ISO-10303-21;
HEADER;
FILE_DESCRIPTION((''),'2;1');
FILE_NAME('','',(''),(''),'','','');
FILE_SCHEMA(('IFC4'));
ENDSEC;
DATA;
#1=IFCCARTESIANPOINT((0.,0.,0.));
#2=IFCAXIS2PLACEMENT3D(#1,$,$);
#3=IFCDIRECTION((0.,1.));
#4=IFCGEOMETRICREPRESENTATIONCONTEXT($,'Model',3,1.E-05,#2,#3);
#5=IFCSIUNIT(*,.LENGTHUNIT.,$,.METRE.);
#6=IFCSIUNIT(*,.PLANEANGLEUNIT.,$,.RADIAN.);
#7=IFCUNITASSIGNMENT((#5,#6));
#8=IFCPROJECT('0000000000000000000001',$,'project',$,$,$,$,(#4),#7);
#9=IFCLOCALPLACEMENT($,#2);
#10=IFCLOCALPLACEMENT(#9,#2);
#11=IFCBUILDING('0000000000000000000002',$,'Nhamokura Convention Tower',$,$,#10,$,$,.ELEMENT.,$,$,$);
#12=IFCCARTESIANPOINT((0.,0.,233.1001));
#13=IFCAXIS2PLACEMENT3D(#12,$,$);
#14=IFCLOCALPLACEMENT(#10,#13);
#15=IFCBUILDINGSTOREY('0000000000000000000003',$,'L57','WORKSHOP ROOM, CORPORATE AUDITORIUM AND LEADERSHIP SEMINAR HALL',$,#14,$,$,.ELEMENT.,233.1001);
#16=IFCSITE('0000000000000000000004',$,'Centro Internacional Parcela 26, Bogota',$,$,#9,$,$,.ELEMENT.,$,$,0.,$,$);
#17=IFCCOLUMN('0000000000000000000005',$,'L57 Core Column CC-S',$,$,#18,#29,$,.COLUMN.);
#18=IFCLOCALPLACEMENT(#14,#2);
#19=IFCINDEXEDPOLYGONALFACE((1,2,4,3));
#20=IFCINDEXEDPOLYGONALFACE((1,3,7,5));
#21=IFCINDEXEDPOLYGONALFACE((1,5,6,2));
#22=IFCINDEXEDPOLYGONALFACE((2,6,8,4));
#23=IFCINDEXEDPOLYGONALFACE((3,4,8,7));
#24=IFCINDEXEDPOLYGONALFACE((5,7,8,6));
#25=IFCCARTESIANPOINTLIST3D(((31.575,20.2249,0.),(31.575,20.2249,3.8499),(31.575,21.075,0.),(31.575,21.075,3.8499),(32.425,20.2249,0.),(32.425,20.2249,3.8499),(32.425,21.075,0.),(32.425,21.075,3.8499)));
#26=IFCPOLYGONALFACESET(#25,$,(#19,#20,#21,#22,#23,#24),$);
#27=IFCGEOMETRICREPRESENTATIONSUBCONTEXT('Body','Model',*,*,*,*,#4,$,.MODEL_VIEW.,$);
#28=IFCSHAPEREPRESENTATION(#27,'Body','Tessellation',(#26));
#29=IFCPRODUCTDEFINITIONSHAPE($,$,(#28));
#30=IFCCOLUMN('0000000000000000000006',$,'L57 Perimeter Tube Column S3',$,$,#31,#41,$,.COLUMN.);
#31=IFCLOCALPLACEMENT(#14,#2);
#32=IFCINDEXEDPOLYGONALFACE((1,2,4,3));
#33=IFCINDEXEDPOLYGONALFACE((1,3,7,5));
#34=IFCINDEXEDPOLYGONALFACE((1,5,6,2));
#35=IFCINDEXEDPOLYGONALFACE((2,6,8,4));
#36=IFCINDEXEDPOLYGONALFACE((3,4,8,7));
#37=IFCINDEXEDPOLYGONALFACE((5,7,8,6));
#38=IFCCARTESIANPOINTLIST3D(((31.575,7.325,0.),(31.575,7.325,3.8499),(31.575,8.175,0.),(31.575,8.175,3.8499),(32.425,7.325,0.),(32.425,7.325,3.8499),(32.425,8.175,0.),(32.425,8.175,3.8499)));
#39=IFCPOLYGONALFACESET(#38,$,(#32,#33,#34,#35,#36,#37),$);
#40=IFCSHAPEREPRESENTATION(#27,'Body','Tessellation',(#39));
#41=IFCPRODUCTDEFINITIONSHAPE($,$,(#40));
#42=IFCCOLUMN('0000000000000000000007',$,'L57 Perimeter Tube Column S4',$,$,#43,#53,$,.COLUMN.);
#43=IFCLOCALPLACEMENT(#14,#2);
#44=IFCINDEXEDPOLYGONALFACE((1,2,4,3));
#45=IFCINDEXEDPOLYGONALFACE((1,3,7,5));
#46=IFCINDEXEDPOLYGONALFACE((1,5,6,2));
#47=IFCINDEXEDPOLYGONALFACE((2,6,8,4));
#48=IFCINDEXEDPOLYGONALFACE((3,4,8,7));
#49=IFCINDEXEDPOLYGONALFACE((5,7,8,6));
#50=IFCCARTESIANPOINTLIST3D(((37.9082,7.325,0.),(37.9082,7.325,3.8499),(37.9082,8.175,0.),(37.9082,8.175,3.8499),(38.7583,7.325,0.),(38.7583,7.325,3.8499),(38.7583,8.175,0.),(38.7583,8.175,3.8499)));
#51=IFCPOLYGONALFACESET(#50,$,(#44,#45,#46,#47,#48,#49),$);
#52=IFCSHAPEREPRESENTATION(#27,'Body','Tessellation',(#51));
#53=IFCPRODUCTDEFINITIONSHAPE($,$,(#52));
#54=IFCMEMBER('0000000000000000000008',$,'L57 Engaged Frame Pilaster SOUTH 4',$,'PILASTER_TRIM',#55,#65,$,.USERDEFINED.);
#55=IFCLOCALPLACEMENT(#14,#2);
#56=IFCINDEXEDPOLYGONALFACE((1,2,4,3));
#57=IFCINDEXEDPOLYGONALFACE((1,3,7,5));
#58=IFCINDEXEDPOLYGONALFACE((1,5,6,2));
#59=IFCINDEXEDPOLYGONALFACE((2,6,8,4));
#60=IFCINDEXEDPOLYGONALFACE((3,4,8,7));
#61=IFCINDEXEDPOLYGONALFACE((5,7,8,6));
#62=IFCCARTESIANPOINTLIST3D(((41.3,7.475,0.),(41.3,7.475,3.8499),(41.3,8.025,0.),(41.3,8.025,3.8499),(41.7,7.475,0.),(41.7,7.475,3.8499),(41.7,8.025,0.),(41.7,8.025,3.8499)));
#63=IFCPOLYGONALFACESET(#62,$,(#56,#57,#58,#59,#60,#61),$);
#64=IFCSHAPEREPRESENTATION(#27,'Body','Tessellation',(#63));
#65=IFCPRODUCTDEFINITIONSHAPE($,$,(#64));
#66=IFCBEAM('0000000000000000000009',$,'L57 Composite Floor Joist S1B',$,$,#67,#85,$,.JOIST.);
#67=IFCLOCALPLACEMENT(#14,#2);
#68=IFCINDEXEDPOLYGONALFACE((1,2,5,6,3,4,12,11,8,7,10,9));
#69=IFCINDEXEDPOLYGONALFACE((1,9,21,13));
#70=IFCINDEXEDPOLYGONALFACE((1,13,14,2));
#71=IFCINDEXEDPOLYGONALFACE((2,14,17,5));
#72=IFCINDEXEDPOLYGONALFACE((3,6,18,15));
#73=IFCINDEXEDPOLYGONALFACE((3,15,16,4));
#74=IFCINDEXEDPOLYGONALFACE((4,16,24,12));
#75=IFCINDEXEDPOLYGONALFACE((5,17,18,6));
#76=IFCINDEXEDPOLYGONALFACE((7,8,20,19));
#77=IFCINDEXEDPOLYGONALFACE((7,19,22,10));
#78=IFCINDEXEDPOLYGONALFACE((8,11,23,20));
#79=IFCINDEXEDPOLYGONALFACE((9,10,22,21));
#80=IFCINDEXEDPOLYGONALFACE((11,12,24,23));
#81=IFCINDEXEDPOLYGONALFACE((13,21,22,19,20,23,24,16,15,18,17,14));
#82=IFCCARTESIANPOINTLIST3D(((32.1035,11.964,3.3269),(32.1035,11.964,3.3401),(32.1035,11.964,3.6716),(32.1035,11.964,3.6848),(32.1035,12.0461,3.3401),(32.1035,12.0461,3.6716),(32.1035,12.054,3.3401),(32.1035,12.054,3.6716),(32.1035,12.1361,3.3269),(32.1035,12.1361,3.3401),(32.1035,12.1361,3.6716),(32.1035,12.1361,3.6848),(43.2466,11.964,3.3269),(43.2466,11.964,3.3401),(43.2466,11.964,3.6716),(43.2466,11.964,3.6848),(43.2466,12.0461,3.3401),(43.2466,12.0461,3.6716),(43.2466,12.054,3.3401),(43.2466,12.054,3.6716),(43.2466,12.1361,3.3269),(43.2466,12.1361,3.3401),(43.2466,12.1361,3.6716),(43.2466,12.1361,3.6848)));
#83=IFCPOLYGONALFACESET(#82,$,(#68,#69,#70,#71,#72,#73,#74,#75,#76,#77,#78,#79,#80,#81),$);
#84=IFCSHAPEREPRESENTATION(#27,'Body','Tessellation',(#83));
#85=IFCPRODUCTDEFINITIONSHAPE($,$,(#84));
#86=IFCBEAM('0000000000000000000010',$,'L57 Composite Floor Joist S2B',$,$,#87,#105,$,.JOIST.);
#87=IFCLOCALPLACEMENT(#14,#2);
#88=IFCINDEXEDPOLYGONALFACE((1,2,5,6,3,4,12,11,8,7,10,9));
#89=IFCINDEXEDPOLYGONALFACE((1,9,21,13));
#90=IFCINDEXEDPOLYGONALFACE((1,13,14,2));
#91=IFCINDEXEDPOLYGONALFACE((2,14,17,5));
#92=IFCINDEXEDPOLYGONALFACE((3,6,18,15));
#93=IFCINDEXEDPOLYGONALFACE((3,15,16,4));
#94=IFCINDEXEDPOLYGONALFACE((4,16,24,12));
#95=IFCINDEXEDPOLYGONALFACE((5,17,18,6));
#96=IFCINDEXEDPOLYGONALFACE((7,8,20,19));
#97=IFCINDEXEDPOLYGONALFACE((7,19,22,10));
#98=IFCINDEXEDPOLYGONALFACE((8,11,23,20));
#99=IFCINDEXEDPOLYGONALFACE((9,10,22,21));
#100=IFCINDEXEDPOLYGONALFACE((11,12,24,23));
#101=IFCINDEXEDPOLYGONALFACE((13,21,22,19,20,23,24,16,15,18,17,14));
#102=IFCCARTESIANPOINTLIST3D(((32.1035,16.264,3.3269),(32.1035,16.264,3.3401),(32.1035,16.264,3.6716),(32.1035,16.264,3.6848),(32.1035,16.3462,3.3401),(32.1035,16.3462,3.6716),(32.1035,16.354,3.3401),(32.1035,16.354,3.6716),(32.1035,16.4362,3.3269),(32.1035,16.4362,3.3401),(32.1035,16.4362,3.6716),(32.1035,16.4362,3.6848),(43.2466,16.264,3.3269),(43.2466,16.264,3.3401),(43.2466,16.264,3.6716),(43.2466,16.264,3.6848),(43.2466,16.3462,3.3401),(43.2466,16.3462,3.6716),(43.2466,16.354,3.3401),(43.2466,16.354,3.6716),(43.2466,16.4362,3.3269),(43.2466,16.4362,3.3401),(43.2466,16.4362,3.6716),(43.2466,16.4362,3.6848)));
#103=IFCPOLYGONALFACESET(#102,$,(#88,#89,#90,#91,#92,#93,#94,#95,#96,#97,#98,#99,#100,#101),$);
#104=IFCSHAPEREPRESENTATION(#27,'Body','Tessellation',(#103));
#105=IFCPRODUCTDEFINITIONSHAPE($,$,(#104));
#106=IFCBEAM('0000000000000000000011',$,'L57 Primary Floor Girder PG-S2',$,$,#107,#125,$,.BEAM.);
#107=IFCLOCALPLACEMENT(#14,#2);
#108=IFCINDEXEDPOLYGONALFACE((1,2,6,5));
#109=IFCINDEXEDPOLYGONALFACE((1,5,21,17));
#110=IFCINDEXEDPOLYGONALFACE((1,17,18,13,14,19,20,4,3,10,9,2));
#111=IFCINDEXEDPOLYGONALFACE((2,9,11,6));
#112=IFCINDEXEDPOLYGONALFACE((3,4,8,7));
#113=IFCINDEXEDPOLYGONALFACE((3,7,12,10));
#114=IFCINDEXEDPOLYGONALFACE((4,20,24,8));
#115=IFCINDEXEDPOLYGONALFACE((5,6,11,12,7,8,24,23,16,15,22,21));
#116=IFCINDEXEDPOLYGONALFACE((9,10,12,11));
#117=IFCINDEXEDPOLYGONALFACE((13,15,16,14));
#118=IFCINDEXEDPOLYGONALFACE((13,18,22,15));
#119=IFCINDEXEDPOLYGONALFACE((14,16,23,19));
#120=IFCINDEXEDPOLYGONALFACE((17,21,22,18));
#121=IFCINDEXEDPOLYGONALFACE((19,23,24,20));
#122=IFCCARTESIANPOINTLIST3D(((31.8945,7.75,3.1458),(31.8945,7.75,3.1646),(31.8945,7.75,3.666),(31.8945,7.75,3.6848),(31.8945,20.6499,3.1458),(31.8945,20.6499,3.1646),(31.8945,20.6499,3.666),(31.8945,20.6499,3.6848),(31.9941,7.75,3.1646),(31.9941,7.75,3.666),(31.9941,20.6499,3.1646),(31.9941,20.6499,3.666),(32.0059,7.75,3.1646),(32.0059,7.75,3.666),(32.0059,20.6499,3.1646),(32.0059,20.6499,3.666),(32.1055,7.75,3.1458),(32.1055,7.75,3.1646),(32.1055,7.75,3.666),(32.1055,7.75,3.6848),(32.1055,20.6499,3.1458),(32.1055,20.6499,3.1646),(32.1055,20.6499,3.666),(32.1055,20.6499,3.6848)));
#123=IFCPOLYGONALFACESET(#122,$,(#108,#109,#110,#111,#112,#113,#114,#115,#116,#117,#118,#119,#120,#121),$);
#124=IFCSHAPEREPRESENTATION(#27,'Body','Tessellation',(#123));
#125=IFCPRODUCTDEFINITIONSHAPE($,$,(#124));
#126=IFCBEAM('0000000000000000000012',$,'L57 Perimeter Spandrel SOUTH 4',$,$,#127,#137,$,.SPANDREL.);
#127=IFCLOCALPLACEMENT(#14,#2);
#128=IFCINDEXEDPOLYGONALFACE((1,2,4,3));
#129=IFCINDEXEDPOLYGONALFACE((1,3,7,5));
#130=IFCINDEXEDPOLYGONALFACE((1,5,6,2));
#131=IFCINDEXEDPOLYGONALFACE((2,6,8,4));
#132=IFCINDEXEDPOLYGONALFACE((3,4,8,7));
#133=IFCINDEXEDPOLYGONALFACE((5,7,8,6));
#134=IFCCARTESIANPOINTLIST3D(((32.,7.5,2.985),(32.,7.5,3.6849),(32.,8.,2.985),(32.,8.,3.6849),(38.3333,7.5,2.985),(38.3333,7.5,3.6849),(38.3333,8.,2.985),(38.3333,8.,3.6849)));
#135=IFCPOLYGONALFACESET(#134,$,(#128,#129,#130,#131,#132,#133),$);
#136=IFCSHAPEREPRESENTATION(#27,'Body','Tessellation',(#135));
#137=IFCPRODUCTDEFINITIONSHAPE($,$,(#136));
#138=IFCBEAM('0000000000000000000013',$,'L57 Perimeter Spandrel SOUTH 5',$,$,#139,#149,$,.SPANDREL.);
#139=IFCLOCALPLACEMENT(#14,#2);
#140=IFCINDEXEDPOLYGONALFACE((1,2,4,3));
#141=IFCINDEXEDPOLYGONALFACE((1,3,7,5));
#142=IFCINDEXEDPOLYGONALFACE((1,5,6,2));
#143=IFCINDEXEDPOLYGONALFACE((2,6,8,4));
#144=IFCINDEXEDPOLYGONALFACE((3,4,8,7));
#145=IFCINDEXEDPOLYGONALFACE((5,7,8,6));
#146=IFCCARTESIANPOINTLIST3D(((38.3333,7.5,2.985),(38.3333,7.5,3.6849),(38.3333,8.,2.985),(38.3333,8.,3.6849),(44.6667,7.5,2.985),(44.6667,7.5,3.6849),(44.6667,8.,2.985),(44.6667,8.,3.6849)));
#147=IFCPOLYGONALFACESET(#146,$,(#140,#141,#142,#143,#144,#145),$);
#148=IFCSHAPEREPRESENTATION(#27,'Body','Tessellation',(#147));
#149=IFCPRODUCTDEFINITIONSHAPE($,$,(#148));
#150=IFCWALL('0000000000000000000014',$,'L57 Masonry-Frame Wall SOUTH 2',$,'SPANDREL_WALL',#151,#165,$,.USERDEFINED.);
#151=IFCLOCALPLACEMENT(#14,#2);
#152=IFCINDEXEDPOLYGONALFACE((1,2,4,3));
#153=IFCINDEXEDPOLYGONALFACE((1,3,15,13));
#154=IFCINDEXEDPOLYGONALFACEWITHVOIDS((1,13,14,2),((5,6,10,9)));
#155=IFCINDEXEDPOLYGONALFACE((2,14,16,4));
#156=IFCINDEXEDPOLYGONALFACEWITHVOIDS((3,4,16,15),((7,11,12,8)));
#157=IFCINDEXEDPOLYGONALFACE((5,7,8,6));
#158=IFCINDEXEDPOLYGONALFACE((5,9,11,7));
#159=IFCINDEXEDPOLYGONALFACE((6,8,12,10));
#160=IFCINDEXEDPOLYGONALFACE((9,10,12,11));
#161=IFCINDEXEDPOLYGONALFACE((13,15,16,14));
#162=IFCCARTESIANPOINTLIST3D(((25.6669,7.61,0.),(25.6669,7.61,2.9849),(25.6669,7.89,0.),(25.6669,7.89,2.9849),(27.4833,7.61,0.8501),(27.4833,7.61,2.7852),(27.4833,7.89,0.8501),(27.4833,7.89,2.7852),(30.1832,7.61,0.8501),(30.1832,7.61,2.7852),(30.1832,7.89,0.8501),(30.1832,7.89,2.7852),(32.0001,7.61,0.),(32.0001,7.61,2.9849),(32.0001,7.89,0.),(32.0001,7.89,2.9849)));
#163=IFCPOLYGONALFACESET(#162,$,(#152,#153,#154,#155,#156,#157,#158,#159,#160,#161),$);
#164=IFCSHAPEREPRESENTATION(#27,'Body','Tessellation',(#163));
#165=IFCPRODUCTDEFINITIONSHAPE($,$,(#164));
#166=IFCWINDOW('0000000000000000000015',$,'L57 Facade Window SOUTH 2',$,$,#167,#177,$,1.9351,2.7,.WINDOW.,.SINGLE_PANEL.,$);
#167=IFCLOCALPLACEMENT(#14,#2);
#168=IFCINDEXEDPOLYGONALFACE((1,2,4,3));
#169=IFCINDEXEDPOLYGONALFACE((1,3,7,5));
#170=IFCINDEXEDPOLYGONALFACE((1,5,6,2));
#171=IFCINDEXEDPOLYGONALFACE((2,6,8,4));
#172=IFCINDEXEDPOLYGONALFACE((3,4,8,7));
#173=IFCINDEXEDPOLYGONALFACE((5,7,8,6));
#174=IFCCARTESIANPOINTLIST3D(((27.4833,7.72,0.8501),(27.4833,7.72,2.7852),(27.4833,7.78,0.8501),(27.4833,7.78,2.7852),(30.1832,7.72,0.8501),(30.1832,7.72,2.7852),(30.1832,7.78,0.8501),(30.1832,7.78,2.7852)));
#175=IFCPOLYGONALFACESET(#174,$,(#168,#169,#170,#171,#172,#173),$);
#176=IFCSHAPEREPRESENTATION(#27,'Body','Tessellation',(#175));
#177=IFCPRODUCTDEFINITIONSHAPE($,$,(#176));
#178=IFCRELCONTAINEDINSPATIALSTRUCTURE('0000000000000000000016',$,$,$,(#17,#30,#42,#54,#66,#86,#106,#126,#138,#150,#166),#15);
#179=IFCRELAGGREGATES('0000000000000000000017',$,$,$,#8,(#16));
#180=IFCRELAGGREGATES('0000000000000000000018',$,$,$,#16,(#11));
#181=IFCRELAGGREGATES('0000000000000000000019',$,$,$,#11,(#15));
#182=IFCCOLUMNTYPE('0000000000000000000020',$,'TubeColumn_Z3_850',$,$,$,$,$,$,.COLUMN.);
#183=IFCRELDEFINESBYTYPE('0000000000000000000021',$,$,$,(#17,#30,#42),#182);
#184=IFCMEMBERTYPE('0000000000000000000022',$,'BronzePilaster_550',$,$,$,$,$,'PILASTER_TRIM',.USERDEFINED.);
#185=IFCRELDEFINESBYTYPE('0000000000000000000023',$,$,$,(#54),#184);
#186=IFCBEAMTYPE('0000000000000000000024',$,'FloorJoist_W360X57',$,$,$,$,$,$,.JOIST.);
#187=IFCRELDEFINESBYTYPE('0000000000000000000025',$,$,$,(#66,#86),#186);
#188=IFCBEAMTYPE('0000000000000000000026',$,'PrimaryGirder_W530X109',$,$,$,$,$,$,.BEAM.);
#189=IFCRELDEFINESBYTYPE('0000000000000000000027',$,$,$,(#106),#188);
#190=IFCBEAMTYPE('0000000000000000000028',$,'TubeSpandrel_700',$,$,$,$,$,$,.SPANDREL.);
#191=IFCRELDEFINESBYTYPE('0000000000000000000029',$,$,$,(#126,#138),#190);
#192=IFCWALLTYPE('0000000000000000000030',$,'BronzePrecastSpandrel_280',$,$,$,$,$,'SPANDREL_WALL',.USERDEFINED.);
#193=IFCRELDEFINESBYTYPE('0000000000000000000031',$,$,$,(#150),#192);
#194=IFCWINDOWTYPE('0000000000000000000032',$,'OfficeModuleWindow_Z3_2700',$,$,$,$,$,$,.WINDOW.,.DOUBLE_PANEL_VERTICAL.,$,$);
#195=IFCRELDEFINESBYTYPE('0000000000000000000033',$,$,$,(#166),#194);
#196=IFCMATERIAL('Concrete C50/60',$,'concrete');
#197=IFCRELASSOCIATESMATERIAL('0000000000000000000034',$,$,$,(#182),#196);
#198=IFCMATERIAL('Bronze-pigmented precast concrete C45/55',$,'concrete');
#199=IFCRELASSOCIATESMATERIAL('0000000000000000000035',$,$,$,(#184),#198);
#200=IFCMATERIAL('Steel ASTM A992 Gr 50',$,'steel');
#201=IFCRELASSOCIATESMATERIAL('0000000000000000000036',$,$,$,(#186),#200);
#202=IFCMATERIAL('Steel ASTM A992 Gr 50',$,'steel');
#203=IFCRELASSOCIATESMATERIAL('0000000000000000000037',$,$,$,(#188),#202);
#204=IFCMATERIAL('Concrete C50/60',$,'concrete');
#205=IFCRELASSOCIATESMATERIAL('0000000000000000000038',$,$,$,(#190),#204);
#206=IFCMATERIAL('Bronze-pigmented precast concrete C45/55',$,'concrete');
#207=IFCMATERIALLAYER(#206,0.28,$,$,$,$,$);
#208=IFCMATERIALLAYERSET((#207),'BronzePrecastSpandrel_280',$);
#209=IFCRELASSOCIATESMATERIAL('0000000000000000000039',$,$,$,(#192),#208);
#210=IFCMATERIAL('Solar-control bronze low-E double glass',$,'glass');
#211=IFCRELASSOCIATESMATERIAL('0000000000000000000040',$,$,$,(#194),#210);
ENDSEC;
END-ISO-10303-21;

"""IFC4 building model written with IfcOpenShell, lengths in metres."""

from ifc_helpers import new_model, si_unit, direction, frame, frame_2d, origin, origin_2d, place, context, subcontext, project, spatial, rectangle, i_section, extrude, material, layer, layer_set, material_profile, profile_set, type_object, element, fill, save


model = new_model("IFC4")

# Units and contexts
model_context = context("Model", 3, precision=1e-05, world=origin(), true_north=direction((0.0, 1.0)))
body_context = subcontext(model_context, "Body", "Model", "MODEL_VIEW")
ifc_project = project(units=[si_unit("LENGTHUNIT", "METRE"), si_unit("PLANEANGLEUNIT", "RADIAN")], contexts=[model_context])

# Site, building, storey
site_placement = place(None, origin())
site = spatial("IfcSite", under=ifc_project, at=site_placement, Name="Centro Internacional Parcela 26, Bogota", CompositionType="ELEMENT", RefElevation=0.0)
building_placement = place(site_placement, origin())
building = spatial("IfcBuilding", under=site, at=building_placement, Name="Nhamokura Convention Tower", CompositionType="ELEMENT")
storey_placement = place(building_placement, frame((0.0, 0.0, 233.1001)))
storey = spatial("IfcBuildingStorey", under=building, at=storey_placement, Name="L57", Description="WORKSHOP ROOM, CORPORATE AUDITORIUM AND LEADERSHIP SEMINAR HALL", CompositionType="ELEMENT", Elevation=233.1001)

# Columns
ifc_material_1 = material(Name="Concrete C50/60", Category="concrete")
ifc_material_profile_1 = material_profile(ifc_material_1, rectangle(XDim=0.8501, YDim=0.8501, at=origin_2d()))
ifc_profile_set_1 = profile_set([ifc_material_profile_1], Name="Concrete C50/60")
column_type = type_object("IfcColumnType", Name="TubeColumn_Z3_850", PredefinedType="COLUMN", material=ifc_profile_set_1)
for number, where, z_axis, x_axis, name in (
    (1, (32.0, 20.6499, 0.0), (0.0, 0.0, 1.0), (1.0, 0.0, 0.0), "L57 Core Column CC-S"),
    (2, (32.0, 7.75, 0.0), (0.0, 0.0, 1.0), (1.0, 0.0, 0.0), "L57 Perimeter Tube Column S3"),
    (3, (38.3333, 7.75, 0.0), (0.0, 0.0, 1.0), (1.0, 0.0, 0.0), "L57 Perimeter Tube Column S4"),
):
    element("IfcColumn", number, at=place(storey_placement, frame(where, z_axis=z_axis, x_axis=x_axis)), inside=storey, type_object=column_type, Name=name, PredefinedType="COLUMN", context=body_context, shape_type="SweptSolid", body=[
        extrude(rectangle(XDim=0.8501, YDim=0.8501, at=origin_2d()), origin(), (0.0, 0.0, 1.0), 3.8499),
    ])

# Member
ifc_material_2 = material(Name="Bronze-pigmented precast concrete C45/55", Category="concrete")
ifc_material_profile_2 = material_profile(ifc_material_2, rectangle(XDim=0.3999, YDim=0.55, at=origin_2d()))
ifc_profile_set_2 = profile_set([ifc_material_profile_2], Name="Bronze-pigmented precast concrete C45/55")
member_type = type_object("IfcMemberType", Name="BronzePilaster_550", ElementType="PILASTER_TRIM", PredefinedType="USERDEFINED", material=ifc_profile_set_2)
member_placement = place(storey_placement, frame((41.5, 7.75, 0.0), z_axis=(0.0, 0.0, 1.0), x_axis=(1.0, 0.0, 0.0)))
element("IfcMember", 4, at=member_placement, inside=storey, type_object=member_type, Name="L57 Engaged Frame Pilaster SOUTH 4", ObjectType="PILASTER_TRIM", PredefinedType="USERDEFINED", context=body_context, shape_type="SweptSolid", body=[
    extrude(rectangle(XDim=0.3999, YDim=0.55, at=origin_2d()), origin(), (0.0, 0.0, 1.0), 3.8499),
])

# Beams
ifc_material_3 = material(Name="Steel ASTM A992 Gr 50", Category="steel")
ifc_material_profile_3 = material_profile(ifc_material_3, i_section(OverallWidth=0.1721, OverallDepth=0.3579, WebThickness=0.0078, FlangeThickness=0.0132, at=origin_2d()))
ifc_profile_set_3 = profile_set([ifc_material_profile_3], Name="Steel ASTM A992 Gr 50")
beam_type_1 = type_object("IfcBeamType", Name="FloorJoist_W360X57", PredefinedType="JOIST", material=ifc_profile_set_3)
for number, where, z_axis, x_axis, name in (
    (5, (32.1035, 12.05, 3.5059), (1.0, 0.0, 0.0), (0.0, 1.0, 0.0), "L57 Composite Floor Joist S1B"),
    (6, (32.1035, 16.3501, 3.5059), (1.0, 0.0, 0.0), (0.0, 1.0, 0.0), "L57 Composite Floor Joist S2B"),
):
    element("IfcBeam", number, at=place(storey_placement, frame(where, z_axis=z_axis, x_axis=x_axis)), inside=storey, type_object=beam_type_1, Name=name, PredefinedType="JOIST", context=body_context, shape_type="SweptSolid", body=[
        extrude(i_section(OverallWidth=0.1721, OverallDepth=0.3579, WebThickness=0.0078, FlangeThickness=0.0132, at=origin_2d()), origin(), (0.0, 0.0, 1.0), 11.1431),
    ])
ifc_material_4 = material(Name="Steel ASTM A992 Gr 50", Category="steel")
ifc_material_profile_4 = material_profile(ifc_material_4, i_section(OverallWidth=0.2109, OverallDepth=0.5391, WebThickness=0.0117, FlangeThickness=0.0188, at=origin_2d()))
ifc_profile_set_4 = profile_set([ifc_material_profile_4], Name="Steel ASTM A992 Gr 50")
beam_type_2 = type_object("IfcBeamType", Name="PrimaryGirder_W530X109", PredefinedType="BEAM", material=ifc_profile_set_4)
beam_1_placement = place(storey_placement, frame((32.0, 7.75, 3.4153), z_axis=(0.0, 1.0, 0.0), x_axis=(-1.0, 0.0, 0.0)))
element("IfcBeam", 7, at=beam_1_placement, inside=storey, type_object=beam_type_2, Name="L57 Primary Floor Girder PG-S2", PredefinedType="BEAM", context=body_context, shape_type="SweptSolid", body=[
    extrude(i_section(OverallWidth=0.2109, OverallDepth=0.5391, WebThickness=0.0117, FlangeThickness=0.0188, at=origin_2d()), origin(), (0.0, 0.0, 1.0), 12.8999),
])
ifc_material_5 = material(Name="Concrete C50/60", Category="concrete")
ifc_material_profile_5 = material_profile(ifc_material_5, rectangle(XDim=0.5, YDim=0.7, at=origin_2d()))
ifc_profile_set_5 = profile_set([ifc_material_profile_5], Name="Concrete C50/60")
beam_type_3 = type_object("IfcBeamType", Name="TubeSpandrel_700", PredefinedType="SPANDREL", material=ifc_profile_set_5)
beam_2_placement = place(storey_placement, frame((32.0, 7.75, 3.335), z_axis=(1.0, 0.0, 0.0), x_axis=(0.0, 1.0, 0.0)))
element("IfcBeam", 8, at=beam_2_placement, inside=storey, type_object=beam_type_3, Name="L57 Perimeter Spandrel SOUTH 4", PredefinedType="SPANDREL", context=body_context, shape_type="SweptSolid", body=[
    extrude(rectangle(XDim=0.5, YDim=0.7, at=origin_2d()), origin(), (0.0, 0.0, 1.0), 6.3333),
])
beam_3_placement = place(storey_placement, frame((38.3333, 7.75, 3.335), z_axis=(1.0, 0.0, 0.0), x_axis=(0.0, 1.0, 0.0)))
element("IfcBeam", 9, at=beam_3_placement, inside=storey, type_object=beam_type_3, Name="L57 Perimeter Spandrel SOUTH 5", PredefinedType="SPANDREL", context=body_context, shape_type="SweptSolid", body=[
    extrude(rectangle(XDim=0.5, YDim=0.7, at=origin_2d()), origin(), (0.0, 0.0, 1.0), 6.3335),
])

# Wall, opening, window
ifc_material_6 = material(Name="Bronze-pigmented precast concrete C45/55", Category="concrete")
ifc_layer_1 = layer(ifc_material_6, 0.28)
ifc_layer_set_1 = layer_set([ifc_layer_1], Name="BronzePrecastSpandrel_280")
wall_type_1 = type_object("IfcWallType", Name="BronzePrecastSpandrel_280", ElementType="SPANDREL_WALL", PredefinedType="USERDEFINED", material=ifc_layer_set_1)
wall_1_placement = place(storey_placement, frame((32.0, 7.75, 0.0), z_axis=(0.0, 0.0, 1.0), x_axis=(-1.0, 0.0, 0.0)))
wall_1 = element("IfcWall", 10, at=wall_1_placement, inside=storey, type_object=wall_type_1, Name="L57 Masonry-Frame Wall SOUTH 2", ObjectType="SPANDREL_WALL", PredefinedType="USERDEFINED", context=body_context, shape_type="SweptSolid", body=[
    extrude(rectangle(XDim=6.3333, YDim=0.28, at=frame_2d((3.1665, 0.0))), origin(), (0.0, 0.0, 1.0), 2.9849),
])
opening_1_placement = place(wall_1_placement, frame((1.8167, 0.0, 0.8501)))
opening_1 = element("IfcOpeningElement", 11, at=opening_1_placement, cuts=wall_1, PredefinedType="OPENING", context=body_context, shape_type="SweptSolid", body=[
    extrude(rectangle(XDim=2.7, YDim=1.9351, at=frame_2d((1.3501, 0.9675))), frame((0.0, 0.1499, 0.0), z_axis=(0.0, -1.0, 0.0), x_axis=(1.0, 0.0, 0.0)), (0.0, 0.0, 1.0), 0.3),
])
ifc_material_7 = material(Name="Solar-control bronze low-E double glass", Category="glass")
window_type = type_object("IfcWindowType", Name="OfficeModuleWindow_Z3_2700", PartitioningType="DOUBLE_PANEL_VERTICAL", PredefinedType="WINDOW", material=ifc_material_7)
window_1_placement = place(opening_1_placement, origin())
window_1 = element("IfcWindow", 12, at=window_1_placement, inside=storey, type_object=window_type, Name="L57 Facade Window SOUTH 2", OverallHeight=1.9351, OverallWidth=2.7, PartitioningType="SINGLE_PANEL", PredefinedType="WINDOW", context=body_context, shape_type="SweptSolid", body=[
    extrude(rectangle(XDim=2.7, YDim=1.9351, at=frame_2d((1.3501, 0.9675))), frame((0.0, 0.03, 0.0), z_axis=(0.0, -1.0, 0.0), x_axis=(1.0, 0.0, 0.0)), (0.0, 0.0, 1.0), 0.0601),
])
fill(opening_1, window_1)

save(model, "model.ifc")
